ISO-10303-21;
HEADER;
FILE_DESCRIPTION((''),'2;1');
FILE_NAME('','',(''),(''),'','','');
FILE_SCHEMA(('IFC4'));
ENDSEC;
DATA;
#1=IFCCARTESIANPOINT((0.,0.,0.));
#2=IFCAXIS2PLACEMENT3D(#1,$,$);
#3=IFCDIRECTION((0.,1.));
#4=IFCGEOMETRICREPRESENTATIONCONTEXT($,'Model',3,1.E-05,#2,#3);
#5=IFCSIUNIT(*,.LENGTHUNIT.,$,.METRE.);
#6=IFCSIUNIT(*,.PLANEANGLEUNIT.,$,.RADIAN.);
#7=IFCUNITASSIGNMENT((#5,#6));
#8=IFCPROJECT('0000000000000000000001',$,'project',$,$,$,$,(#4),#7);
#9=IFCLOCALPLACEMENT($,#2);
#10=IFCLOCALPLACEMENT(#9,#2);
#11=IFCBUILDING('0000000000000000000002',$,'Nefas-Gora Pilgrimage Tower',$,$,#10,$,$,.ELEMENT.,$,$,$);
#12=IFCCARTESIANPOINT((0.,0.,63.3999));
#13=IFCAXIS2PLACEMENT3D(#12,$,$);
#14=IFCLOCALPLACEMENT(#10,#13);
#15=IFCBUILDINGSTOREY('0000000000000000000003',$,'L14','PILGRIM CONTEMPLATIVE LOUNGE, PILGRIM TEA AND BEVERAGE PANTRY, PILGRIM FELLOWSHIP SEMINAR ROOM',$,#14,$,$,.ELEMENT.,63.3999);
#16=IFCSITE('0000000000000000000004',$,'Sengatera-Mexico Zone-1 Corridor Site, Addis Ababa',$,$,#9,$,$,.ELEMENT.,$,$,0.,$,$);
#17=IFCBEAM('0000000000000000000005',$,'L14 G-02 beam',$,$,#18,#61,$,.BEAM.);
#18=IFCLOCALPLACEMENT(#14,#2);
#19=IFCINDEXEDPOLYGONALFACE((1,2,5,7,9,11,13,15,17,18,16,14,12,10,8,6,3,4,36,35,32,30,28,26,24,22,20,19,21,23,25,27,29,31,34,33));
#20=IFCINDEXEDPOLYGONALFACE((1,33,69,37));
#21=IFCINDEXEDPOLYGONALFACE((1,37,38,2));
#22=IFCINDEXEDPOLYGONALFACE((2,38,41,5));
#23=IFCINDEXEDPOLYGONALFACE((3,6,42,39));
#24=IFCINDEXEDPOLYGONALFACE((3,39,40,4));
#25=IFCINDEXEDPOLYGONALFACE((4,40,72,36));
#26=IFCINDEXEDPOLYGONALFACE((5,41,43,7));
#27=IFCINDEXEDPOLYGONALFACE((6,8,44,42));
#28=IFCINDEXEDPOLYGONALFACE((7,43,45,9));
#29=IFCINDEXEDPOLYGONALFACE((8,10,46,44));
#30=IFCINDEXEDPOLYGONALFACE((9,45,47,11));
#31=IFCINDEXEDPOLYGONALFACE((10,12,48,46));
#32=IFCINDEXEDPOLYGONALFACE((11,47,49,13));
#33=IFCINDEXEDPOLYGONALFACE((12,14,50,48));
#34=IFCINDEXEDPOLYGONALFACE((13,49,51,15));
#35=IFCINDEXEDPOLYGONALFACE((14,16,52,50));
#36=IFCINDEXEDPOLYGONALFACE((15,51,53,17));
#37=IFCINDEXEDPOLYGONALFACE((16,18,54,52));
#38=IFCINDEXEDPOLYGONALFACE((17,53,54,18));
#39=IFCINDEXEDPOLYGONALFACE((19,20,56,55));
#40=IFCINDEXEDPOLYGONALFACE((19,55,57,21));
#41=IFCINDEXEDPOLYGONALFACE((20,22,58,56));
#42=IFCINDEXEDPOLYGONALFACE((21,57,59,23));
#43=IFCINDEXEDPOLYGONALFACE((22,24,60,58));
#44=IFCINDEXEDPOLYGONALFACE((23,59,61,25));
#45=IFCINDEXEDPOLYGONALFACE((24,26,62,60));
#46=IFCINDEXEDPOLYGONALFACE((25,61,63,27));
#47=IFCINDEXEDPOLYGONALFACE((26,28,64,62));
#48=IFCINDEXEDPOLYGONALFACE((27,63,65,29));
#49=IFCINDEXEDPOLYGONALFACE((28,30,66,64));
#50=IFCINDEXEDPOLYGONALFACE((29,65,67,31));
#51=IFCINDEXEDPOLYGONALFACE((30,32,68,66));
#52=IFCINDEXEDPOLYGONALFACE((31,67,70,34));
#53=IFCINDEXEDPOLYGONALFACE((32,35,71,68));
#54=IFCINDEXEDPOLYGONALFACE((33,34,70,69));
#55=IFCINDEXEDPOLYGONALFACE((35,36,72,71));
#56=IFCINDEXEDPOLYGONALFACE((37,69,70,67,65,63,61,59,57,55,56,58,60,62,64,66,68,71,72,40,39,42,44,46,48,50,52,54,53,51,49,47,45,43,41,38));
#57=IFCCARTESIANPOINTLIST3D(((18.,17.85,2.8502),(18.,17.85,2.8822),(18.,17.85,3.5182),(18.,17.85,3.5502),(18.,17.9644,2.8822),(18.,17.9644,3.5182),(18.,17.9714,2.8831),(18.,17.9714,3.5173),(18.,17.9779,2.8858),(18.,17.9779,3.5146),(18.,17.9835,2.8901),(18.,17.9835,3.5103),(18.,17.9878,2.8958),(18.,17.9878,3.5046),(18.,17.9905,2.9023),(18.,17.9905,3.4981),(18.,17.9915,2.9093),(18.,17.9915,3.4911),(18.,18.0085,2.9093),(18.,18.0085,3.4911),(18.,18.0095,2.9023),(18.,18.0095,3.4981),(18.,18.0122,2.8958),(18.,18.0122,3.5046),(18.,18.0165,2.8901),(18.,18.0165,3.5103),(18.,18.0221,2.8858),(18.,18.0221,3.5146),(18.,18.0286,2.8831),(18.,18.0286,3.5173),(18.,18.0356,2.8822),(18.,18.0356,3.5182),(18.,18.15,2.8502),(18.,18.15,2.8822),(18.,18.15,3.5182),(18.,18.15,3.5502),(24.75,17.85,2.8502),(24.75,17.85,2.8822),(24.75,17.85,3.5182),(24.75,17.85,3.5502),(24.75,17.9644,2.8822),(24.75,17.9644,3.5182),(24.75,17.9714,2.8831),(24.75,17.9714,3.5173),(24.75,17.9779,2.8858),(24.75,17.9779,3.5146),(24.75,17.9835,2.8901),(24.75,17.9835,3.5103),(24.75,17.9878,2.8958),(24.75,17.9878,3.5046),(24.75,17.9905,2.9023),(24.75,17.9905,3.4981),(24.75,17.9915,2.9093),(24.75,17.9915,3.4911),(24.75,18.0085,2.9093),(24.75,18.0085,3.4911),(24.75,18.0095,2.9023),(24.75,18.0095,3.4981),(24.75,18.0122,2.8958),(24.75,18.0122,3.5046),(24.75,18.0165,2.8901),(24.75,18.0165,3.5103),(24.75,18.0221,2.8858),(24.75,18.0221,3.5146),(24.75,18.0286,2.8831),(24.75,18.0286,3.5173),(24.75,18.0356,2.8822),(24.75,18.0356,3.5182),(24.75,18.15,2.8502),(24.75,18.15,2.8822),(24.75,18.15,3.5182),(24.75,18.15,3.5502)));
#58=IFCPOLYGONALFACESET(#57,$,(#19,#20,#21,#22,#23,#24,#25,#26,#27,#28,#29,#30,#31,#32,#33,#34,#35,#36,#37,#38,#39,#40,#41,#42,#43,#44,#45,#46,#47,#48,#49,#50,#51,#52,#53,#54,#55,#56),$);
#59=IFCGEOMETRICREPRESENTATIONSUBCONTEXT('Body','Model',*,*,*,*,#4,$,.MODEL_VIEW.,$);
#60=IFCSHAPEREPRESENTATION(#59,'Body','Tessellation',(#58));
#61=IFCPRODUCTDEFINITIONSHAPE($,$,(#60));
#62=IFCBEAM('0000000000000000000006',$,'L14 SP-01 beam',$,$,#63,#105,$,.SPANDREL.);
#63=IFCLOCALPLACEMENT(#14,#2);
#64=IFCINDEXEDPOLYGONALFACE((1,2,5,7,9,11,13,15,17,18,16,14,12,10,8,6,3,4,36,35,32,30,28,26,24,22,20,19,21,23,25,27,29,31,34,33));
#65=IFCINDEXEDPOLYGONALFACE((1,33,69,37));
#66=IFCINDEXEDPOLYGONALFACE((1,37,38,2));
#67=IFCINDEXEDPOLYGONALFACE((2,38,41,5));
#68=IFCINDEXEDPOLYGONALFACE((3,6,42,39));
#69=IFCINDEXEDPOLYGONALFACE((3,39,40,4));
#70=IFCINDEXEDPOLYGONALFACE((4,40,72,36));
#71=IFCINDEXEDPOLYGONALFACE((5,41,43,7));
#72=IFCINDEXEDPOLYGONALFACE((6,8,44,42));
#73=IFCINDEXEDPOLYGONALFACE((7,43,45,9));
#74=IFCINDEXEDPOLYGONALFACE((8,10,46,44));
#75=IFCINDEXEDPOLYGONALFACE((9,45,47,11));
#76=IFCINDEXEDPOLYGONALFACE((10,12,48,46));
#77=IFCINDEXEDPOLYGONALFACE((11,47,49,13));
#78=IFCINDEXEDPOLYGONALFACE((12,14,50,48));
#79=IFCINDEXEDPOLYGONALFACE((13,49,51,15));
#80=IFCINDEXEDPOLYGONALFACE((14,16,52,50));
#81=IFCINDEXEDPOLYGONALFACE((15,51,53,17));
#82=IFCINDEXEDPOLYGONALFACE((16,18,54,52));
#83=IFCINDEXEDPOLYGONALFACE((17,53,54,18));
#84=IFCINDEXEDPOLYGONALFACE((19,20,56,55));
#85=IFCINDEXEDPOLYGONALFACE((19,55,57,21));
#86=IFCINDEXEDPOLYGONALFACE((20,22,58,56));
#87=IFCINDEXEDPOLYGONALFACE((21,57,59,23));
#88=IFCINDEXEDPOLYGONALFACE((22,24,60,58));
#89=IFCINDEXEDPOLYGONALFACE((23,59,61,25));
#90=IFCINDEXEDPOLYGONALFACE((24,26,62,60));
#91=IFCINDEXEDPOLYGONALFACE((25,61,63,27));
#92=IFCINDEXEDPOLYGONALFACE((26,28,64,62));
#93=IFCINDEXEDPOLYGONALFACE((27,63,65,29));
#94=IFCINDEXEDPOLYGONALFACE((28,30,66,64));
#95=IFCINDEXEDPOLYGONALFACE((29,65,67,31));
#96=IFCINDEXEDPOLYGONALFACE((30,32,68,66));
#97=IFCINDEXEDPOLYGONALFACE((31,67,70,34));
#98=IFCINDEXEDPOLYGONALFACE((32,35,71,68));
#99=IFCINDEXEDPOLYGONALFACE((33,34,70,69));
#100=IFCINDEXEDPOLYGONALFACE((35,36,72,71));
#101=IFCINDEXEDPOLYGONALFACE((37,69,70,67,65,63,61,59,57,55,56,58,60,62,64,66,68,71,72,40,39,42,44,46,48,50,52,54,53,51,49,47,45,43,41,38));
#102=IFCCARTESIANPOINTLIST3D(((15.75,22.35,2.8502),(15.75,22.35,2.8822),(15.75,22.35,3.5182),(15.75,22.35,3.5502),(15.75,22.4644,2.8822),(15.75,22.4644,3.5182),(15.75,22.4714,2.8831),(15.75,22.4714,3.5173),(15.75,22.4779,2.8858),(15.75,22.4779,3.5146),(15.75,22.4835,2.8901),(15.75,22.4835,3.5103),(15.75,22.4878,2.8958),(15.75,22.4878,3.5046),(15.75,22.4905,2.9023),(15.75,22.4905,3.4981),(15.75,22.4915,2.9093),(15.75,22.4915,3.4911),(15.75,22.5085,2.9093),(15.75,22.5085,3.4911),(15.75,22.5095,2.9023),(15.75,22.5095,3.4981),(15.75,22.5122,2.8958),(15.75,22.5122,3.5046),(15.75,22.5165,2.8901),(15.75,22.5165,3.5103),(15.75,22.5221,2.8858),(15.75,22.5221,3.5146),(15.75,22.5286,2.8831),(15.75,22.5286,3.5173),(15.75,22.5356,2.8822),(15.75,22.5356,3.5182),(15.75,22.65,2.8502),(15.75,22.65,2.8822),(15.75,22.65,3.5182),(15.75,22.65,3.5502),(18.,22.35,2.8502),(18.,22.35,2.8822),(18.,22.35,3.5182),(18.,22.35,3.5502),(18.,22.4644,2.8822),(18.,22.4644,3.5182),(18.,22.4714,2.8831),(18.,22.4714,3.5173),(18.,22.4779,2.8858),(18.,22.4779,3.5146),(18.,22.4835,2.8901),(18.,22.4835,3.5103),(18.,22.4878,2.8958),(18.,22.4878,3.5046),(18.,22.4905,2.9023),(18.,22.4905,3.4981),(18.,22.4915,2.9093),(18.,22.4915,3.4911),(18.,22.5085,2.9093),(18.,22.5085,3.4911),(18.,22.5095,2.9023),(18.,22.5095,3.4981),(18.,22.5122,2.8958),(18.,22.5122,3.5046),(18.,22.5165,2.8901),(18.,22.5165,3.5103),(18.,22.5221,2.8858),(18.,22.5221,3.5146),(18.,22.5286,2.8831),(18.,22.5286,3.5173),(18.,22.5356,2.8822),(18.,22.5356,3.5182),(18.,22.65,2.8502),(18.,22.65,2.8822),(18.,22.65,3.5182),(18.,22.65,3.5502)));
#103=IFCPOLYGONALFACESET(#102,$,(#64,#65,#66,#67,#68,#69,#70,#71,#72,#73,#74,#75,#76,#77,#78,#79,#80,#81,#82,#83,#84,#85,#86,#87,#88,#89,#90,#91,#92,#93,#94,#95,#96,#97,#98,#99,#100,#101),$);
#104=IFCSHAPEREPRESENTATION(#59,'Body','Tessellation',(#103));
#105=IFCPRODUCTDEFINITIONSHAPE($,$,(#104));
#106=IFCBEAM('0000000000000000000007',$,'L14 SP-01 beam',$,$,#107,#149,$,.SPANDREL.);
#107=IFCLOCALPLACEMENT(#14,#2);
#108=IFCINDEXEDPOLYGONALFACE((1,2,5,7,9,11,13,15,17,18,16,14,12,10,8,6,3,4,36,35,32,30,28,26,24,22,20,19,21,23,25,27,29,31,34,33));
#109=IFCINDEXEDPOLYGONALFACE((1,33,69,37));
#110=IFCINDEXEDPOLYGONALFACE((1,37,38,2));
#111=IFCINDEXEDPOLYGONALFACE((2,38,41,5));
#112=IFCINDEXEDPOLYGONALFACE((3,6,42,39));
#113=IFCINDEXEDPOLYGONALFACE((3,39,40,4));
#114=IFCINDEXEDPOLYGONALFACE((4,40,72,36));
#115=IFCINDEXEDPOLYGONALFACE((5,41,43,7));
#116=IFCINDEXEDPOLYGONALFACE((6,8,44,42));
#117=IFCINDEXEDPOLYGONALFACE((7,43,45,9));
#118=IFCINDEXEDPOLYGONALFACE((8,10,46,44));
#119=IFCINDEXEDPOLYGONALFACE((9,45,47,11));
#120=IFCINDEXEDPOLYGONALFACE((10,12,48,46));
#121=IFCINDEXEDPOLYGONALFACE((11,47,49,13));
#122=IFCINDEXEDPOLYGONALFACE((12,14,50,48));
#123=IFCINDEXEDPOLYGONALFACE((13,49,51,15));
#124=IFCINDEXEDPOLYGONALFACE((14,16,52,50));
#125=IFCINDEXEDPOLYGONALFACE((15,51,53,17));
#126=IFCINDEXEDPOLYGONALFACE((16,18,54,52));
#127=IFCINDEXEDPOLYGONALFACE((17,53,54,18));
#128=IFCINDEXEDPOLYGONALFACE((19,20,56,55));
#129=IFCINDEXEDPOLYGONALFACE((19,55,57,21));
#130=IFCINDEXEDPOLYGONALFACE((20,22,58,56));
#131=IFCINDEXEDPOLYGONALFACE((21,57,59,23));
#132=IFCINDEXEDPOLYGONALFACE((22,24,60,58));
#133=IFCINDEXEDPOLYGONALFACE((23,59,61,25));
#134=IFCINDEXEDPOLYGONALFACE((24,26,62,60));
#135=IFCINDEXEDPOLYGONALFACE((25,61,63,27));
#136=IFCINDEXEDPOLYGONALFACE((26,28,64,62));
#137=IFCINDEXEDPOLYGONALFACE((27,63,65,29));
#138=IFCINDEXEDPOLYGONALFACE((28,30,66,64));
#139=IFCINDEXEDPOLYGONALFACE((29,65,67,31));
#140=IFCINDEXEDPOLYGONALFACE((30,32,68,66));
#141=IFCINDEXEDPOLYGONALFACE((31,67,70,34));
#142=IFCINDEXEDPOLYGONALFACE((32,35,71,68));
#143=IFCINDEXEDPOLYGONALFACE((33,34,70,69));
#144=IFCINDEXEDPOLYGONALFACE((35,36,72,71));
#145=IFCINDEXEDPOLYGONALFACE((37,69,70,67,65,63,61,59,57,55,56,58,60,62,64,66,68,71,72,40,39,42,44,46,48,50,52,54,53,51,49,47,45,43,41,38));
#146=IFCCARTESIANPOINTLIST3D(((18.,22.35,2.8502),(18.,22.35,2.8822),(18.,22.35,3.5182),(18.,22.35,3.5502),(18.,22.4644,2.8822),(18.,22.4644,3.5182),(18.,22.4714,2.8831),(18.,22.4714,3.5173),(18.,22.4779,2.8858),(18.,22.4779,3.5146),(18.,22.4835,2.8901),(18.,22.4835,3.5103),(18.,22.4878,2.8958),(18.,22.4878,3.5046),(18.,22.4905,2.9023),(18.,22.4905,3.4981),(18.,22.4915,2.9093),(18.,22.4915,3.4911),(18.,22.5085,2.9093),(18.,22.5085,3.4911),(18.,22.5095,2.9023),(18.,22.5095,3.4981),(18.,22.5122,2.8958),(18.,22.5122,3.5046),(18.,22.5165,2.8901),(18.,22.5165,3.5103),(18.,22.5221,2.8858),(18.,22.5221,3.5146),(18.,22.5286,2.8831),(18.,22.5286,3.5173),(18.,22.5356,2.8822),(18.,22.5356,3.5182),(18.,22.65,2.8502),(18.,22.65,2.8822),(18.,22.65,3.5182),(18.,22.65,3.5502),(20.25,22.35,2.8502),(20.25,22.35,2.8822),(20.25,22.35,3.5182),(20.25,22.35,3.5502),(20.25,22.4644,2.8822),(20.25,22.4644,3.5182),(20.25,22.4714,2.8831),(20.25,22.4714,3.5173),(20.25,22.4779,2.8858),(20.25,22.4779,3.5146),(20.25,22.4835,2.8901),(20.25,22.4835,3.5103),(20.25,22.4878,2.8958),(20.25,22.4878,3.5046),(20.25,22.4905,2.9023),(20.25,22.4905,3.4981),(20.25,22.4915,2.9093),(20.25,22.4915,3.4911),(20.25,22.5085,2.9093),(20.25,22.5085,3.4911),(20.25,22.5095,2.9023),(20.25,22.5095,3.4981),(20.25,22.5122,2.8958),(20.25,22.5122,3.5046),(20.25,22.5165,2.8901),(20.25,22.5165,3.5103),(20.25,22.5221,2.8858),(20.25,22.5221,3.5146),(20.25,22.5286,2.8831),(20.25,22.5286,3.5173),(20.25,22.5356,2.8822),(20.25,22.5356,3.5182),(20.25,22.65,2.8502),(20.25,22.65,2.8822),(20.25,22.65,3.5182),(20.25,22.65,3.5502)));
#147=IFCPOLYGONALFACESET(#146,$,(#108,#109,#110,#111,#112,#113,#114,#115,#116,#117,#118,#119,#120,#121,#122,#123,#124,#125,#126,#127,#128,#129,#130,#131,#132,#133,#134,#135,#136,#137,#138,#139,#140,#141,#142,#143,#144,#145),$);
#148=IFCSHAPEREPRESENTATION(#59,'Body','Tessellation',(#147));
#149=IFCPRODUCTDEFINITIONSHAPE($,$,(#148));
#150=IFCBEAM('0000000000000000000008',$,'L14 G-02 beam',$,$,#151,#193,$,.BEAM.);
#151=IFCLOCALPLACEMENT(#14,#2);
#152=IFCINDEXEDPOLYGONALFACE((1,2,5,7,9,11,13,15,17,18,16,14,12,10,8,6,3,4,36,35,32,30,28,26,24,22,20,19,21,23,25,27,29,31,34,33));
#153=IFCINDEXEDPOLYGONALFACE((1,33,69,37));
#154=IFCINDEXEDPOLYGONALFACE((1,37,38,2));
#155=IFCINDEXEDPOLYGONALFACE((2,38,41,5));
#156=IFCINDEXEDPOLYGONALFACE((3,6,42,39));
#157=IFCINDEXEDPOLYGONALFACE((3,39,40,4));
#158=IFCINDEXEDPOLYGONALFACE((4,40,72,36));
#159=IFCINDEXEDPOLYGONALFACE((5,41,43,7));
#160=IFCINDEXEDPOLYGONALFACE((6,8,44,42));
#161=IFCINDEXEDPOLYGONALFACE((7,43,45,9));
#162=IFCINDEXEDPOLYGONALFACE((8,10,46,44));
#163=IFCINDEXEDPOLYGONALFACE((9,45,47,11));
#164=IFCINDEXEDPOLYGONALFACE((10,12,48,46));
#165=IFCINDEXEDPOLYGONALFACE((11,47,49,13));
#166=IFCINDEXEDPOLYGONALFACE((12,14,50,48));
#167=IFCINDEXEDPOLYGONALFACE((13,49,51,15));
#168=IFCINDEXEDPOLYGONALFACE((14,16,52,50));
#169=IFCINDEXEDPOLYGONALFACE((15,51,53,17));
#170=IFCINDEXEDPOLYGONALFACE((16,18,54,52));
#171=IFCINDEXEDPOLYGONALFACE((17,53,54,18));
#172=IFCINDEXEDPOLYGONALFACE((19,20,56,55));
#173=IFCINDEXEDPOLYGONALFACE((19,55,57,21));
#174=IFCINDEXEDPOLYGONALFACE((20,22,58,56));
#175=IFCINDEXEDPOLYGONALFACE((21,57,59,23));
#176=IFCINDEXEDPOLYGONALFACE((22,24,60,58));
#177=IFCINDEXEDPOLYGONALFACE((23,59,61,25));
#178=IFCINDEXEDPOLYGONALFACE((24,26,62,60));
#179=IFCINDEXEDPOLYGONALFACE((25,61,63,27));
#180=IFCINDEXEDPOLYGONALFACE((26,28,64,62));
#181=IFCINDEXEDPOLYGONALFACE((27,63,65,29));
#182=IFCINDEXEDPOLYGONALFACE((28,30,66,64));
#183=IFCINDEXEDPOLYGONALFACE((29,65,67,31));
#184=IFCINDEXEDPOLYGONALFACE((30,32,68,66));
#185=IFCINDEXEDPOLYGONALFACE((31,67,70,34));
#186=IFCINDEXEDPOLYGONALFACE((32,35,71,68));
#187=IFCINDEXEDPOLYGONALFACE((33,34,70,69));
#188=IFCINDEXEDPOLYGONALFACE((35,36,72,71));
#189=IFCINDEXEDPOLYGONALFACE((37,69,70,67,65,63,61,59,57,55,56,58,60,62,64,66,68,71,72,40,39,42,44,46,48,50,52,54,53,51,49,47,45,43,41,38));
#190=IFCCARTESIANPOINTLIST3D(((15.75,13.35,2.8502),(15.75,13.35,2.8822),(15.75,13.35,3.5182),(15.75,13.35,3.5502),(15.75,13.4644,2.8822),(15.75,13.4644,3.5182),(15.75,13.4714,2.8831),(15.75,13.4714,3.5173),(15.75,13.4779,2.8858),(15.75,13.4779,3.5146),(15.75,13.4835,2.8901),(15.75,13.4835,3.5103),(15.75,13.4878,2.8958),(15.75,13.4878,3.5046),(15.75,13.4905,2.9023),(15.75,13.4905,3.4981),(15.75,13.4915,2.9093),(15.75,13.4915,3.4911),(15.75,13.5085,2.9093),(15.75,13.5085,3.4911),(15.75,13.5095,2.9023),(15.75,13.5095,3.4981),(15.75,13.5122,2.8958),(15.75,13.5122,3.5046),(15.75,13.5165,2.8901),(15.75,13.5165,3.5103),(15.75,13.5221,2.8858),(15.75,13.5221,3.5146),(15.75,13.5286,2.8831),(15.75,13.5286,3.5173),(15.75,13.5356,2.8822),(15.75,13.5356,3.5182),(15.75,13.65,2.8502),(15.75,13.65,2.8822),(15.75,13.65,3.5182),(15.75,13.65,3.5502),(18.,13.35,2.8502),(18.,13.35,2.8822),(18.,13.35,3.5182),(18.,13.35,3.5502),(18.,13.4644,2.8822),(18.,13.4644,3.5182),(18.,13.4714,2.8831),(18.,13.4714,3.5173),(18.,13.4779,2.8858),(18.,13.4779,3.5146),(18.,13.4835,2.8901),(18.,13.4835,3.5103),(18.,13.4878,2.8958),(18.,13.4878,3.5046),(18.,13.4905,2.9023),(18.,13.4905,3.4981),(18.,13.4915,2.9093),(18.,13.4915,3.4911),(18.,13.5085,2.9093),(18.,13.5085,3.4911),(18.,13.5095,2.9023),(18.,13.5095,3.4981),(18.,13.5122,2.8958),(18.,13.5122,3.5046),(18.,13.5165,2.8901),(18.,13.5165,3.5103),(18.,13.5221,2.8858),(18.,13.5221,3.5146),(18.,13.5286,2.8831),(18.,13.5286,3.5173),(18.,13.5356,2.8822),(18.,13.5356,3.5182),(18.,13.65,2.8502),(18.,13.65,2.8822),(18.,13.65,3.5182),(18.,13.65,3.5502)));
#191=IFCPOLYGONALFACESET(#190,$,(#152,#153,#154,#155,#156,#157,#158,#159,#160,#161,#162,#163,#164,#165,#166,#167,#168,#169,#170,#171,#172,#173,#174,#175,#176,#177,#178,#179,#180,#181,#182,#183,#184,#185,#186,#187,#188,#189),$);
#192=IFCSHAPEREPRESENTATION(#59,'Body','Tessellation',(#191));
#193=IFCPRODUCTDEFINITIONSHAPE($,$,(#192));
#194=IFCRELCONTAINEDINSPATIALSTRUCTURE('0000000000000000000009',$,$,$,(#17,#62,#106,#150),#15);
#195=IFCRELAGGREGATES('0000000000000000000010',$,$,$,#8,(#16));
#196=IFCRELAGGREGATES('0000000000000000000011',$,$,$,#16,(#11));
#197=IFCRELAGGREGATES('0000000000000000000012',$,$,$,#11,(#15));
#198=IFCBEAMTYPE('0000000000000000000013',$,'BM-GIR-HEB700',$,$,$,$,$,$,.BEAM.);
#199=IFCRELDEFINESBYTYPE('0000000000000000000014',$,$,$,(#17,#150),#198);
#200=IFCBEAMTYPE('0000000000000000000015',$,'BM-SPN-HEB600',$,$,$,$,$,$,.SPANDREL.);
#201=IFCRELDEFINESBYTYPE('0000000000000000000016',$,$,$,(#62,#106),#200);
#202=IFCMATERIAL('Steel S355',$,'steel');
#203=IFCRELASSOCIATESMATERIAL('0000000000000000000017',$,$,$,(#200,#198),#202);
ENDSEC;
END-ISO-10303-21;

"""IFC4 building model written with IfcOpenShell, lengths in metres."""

from ifc_helpers import new_model, si_unit, direction, frame, origin, origin_2d, place, context, subcontext, project, spatial, i_section, extrude, source, transform, mapped, material, material_profile, profile_set, type_object, element, save


model = new_model("IFC4")

# Units and contexts
model_context = context("Model", 3, precision=1e-05, world=origin(), true_north=direction((0.0, 1.0)))
body_context = subcontext(model_context, "Body", "Model", "MODEL_VIEW")
ifc_project = project(units=[si_unit("LENGTHUNIT", "METRE"), si_unit("PLANEANGLEUNIT", "RADIAN")], contexts=[model_context])

# Site, building, storey
site_placement = place(None, origin())
site = spatial("IfcSite", under=ifc_project, at=site_placement, Name="Sengatera-Mexico Zone-1 Corridor Site, Addis Ababa", CompositionType="ELEMENT", RefElevation=0.0)
building_placement = place(site_placement, origin())
building = spatial("IfcBuilding", under=site, at=building_placement, Name="Nefas-Gora Pilgrimage Tower", CompositionType="ELEMENT")
storey_placement = place(building_placement, frame((0.0, 0.0, 63.3999)))
storey = spatial("IfcBuildingStorey", under=building, at=storey_placement, Name="L14", Description="PILGRIM CONTEMPLATIVE LOUNGE, PILGRIM TEA AND BEVERAGE PANTRY, PILGRIM FELLOWSHIP SEMINAR ROOM", CompositionType="ELEMENT", Elevation=63.3999)

# Beams
ifc_material_1 = material(Name="Steel S355", Category="steel")
ifc_material_profile_1 = material_profile(ifc_material_1, i_section(OverallWidth=0.3, OverallDepth=0.7, WebThickness=0.0171, FlangeThickness=0.032, FilletRadius=0.0271, at=origin_2d()), Name="HEB 700")
ifc_profile_set_1 = profile_set([ifc_material_profile_1], Name="Steel S355")
beam_type_1 = type_object("IfcBeamType", Name="BM-SPN-HEB600", PredefinedType="SPANDREL", material=ifc_profile_set_1)
ifc_material_profile_2 = material_profile(ifc_material_1, i_section(OverallWidth=0.3, OverallDepth=0.7, WebThickness=0.0171, FlangeThickness=0.032, FilletRadius=0.0271, at=origin_2d()), Name="HEB 700")
ifc_profile_set_2 = profile_set([ifc_material_profile_2], Name="Steel S355")
beam_type_2 = type_object("IfcBeamType", Name="BM-GIR-HEB700", PredefinedType="BEAM", material=ifc_profile_set_2)
shared_shape_1 = source(origin(), body_context, "Body", "SweptSolid", [
    extrude(i_section(OverallWidth=0.3, OverallDepth=0.7, WebThickness=0.0171, FlangeThickness=0.032, FilletRadius=0.0271, at=origin_2d()), origin(), (0.0, 0.0, 1.0), 6.75),
])
for number, where, z_axis, x_axis, name in (
    (1, (18.0, 18.0, 3.2002), (1.0, 0.0, 0.0), (0.0, 1.0, 0.0), "L14 G-02 beam"),
):
    element("IfcBeam", number, at=place(storey_placement, frame(where, z_axis=z_axis, x_axis=x_axis)), inside=storey, type_object=beam_type_2, Name=name, PredefinedType="BEAM", context=body_context, shape_type="MappedRepresentation", body=[
        mapped(shared_shape_1, transform((0.0, 0.0, 0.0), x_axis=(1.0, 0.0, 0.0), y_axis=(0.0, 1.0, 0.0), z_axis=(0.0, 0.0, 1.0), scale=1.0)),
    ])
shared_shape_2 = source(origin(), body_context, "Body", "SweptSolid", [
    extrude(i_section(OverallWidth=0.3, OverallDepth=0.7, WebThickness=0.0171, FlangeThickness=0.032, FilletRadius=0.0271, at=origin_2d()), origin(), (0.0, 0.0, 1.0), 2.25),
])
for number, where, z_axis, x_axis, name in (
    (2, (15.75, 22.5, 3.2002), (1.0, 0.0, 0.0), (0.0, 1.0, 0.0), "L14 SP-01 beam"),
    (3, (18.0, 22.5, 3.2002), (1.0, 0.0, 0.0), (0.0, 1.0, 0.0), "L14 SP-01 beam"),
):
    element("IfcBeam", number, at=place(storey_placement, frame(where, z_axis=z_axis, x_axis=x_axis)), inside=storey, type_object=beam_type_1, Name=name, PredefinedType="SPANDREL", context=body_context, shape_type="MappedRepresentation", body=[
        mapped(shared_shape_2, transform((0.0, 0.0, 0.0), x_axis=(1.0, 0.0, 0.0), y_axis=(0.0, 1.0, 0.0), z_axis=(0.0, 0.0, 1.0), scale=1.0)),
    ])
shared_shape_3 = source(origin(), body_context, "Body", "SweptSolid", [
    extrude(i_section(OverallWidth=0.3, OverallDepth=0.7, WebThickness=0.0171, FlangeThickness=0.032, FilletRadius=0.0271, at=origin_2d()), origin(), (0.0, 0.0, 1.0), 2.25),
])
beam_1_placement = place(storey_placement, frame((15.75, 13.5, 3.2002), z_axis=(1.0, 0.0, 0.0), x_axis=(0.0, 1.0, 0.0)))
element("IfcBeam", 4, at=beam_1_placement, inside=storey, type_object=beam_type_2, Name="L14 G-02 beam", PredefinedType="BEAM", context=body_context, shape_type="MappedRepresentation", body=[
    mapped(shared_shape_3, transform((0.0, 0.0, 0.0), x_axis=(1.0, 0.0, 0.0), y_axis=(0.0, 1.0, 0.0), z_axis=(0.0, 0.0, 1.0), scale=1.0)),
])

save(model, "model.ifc")
